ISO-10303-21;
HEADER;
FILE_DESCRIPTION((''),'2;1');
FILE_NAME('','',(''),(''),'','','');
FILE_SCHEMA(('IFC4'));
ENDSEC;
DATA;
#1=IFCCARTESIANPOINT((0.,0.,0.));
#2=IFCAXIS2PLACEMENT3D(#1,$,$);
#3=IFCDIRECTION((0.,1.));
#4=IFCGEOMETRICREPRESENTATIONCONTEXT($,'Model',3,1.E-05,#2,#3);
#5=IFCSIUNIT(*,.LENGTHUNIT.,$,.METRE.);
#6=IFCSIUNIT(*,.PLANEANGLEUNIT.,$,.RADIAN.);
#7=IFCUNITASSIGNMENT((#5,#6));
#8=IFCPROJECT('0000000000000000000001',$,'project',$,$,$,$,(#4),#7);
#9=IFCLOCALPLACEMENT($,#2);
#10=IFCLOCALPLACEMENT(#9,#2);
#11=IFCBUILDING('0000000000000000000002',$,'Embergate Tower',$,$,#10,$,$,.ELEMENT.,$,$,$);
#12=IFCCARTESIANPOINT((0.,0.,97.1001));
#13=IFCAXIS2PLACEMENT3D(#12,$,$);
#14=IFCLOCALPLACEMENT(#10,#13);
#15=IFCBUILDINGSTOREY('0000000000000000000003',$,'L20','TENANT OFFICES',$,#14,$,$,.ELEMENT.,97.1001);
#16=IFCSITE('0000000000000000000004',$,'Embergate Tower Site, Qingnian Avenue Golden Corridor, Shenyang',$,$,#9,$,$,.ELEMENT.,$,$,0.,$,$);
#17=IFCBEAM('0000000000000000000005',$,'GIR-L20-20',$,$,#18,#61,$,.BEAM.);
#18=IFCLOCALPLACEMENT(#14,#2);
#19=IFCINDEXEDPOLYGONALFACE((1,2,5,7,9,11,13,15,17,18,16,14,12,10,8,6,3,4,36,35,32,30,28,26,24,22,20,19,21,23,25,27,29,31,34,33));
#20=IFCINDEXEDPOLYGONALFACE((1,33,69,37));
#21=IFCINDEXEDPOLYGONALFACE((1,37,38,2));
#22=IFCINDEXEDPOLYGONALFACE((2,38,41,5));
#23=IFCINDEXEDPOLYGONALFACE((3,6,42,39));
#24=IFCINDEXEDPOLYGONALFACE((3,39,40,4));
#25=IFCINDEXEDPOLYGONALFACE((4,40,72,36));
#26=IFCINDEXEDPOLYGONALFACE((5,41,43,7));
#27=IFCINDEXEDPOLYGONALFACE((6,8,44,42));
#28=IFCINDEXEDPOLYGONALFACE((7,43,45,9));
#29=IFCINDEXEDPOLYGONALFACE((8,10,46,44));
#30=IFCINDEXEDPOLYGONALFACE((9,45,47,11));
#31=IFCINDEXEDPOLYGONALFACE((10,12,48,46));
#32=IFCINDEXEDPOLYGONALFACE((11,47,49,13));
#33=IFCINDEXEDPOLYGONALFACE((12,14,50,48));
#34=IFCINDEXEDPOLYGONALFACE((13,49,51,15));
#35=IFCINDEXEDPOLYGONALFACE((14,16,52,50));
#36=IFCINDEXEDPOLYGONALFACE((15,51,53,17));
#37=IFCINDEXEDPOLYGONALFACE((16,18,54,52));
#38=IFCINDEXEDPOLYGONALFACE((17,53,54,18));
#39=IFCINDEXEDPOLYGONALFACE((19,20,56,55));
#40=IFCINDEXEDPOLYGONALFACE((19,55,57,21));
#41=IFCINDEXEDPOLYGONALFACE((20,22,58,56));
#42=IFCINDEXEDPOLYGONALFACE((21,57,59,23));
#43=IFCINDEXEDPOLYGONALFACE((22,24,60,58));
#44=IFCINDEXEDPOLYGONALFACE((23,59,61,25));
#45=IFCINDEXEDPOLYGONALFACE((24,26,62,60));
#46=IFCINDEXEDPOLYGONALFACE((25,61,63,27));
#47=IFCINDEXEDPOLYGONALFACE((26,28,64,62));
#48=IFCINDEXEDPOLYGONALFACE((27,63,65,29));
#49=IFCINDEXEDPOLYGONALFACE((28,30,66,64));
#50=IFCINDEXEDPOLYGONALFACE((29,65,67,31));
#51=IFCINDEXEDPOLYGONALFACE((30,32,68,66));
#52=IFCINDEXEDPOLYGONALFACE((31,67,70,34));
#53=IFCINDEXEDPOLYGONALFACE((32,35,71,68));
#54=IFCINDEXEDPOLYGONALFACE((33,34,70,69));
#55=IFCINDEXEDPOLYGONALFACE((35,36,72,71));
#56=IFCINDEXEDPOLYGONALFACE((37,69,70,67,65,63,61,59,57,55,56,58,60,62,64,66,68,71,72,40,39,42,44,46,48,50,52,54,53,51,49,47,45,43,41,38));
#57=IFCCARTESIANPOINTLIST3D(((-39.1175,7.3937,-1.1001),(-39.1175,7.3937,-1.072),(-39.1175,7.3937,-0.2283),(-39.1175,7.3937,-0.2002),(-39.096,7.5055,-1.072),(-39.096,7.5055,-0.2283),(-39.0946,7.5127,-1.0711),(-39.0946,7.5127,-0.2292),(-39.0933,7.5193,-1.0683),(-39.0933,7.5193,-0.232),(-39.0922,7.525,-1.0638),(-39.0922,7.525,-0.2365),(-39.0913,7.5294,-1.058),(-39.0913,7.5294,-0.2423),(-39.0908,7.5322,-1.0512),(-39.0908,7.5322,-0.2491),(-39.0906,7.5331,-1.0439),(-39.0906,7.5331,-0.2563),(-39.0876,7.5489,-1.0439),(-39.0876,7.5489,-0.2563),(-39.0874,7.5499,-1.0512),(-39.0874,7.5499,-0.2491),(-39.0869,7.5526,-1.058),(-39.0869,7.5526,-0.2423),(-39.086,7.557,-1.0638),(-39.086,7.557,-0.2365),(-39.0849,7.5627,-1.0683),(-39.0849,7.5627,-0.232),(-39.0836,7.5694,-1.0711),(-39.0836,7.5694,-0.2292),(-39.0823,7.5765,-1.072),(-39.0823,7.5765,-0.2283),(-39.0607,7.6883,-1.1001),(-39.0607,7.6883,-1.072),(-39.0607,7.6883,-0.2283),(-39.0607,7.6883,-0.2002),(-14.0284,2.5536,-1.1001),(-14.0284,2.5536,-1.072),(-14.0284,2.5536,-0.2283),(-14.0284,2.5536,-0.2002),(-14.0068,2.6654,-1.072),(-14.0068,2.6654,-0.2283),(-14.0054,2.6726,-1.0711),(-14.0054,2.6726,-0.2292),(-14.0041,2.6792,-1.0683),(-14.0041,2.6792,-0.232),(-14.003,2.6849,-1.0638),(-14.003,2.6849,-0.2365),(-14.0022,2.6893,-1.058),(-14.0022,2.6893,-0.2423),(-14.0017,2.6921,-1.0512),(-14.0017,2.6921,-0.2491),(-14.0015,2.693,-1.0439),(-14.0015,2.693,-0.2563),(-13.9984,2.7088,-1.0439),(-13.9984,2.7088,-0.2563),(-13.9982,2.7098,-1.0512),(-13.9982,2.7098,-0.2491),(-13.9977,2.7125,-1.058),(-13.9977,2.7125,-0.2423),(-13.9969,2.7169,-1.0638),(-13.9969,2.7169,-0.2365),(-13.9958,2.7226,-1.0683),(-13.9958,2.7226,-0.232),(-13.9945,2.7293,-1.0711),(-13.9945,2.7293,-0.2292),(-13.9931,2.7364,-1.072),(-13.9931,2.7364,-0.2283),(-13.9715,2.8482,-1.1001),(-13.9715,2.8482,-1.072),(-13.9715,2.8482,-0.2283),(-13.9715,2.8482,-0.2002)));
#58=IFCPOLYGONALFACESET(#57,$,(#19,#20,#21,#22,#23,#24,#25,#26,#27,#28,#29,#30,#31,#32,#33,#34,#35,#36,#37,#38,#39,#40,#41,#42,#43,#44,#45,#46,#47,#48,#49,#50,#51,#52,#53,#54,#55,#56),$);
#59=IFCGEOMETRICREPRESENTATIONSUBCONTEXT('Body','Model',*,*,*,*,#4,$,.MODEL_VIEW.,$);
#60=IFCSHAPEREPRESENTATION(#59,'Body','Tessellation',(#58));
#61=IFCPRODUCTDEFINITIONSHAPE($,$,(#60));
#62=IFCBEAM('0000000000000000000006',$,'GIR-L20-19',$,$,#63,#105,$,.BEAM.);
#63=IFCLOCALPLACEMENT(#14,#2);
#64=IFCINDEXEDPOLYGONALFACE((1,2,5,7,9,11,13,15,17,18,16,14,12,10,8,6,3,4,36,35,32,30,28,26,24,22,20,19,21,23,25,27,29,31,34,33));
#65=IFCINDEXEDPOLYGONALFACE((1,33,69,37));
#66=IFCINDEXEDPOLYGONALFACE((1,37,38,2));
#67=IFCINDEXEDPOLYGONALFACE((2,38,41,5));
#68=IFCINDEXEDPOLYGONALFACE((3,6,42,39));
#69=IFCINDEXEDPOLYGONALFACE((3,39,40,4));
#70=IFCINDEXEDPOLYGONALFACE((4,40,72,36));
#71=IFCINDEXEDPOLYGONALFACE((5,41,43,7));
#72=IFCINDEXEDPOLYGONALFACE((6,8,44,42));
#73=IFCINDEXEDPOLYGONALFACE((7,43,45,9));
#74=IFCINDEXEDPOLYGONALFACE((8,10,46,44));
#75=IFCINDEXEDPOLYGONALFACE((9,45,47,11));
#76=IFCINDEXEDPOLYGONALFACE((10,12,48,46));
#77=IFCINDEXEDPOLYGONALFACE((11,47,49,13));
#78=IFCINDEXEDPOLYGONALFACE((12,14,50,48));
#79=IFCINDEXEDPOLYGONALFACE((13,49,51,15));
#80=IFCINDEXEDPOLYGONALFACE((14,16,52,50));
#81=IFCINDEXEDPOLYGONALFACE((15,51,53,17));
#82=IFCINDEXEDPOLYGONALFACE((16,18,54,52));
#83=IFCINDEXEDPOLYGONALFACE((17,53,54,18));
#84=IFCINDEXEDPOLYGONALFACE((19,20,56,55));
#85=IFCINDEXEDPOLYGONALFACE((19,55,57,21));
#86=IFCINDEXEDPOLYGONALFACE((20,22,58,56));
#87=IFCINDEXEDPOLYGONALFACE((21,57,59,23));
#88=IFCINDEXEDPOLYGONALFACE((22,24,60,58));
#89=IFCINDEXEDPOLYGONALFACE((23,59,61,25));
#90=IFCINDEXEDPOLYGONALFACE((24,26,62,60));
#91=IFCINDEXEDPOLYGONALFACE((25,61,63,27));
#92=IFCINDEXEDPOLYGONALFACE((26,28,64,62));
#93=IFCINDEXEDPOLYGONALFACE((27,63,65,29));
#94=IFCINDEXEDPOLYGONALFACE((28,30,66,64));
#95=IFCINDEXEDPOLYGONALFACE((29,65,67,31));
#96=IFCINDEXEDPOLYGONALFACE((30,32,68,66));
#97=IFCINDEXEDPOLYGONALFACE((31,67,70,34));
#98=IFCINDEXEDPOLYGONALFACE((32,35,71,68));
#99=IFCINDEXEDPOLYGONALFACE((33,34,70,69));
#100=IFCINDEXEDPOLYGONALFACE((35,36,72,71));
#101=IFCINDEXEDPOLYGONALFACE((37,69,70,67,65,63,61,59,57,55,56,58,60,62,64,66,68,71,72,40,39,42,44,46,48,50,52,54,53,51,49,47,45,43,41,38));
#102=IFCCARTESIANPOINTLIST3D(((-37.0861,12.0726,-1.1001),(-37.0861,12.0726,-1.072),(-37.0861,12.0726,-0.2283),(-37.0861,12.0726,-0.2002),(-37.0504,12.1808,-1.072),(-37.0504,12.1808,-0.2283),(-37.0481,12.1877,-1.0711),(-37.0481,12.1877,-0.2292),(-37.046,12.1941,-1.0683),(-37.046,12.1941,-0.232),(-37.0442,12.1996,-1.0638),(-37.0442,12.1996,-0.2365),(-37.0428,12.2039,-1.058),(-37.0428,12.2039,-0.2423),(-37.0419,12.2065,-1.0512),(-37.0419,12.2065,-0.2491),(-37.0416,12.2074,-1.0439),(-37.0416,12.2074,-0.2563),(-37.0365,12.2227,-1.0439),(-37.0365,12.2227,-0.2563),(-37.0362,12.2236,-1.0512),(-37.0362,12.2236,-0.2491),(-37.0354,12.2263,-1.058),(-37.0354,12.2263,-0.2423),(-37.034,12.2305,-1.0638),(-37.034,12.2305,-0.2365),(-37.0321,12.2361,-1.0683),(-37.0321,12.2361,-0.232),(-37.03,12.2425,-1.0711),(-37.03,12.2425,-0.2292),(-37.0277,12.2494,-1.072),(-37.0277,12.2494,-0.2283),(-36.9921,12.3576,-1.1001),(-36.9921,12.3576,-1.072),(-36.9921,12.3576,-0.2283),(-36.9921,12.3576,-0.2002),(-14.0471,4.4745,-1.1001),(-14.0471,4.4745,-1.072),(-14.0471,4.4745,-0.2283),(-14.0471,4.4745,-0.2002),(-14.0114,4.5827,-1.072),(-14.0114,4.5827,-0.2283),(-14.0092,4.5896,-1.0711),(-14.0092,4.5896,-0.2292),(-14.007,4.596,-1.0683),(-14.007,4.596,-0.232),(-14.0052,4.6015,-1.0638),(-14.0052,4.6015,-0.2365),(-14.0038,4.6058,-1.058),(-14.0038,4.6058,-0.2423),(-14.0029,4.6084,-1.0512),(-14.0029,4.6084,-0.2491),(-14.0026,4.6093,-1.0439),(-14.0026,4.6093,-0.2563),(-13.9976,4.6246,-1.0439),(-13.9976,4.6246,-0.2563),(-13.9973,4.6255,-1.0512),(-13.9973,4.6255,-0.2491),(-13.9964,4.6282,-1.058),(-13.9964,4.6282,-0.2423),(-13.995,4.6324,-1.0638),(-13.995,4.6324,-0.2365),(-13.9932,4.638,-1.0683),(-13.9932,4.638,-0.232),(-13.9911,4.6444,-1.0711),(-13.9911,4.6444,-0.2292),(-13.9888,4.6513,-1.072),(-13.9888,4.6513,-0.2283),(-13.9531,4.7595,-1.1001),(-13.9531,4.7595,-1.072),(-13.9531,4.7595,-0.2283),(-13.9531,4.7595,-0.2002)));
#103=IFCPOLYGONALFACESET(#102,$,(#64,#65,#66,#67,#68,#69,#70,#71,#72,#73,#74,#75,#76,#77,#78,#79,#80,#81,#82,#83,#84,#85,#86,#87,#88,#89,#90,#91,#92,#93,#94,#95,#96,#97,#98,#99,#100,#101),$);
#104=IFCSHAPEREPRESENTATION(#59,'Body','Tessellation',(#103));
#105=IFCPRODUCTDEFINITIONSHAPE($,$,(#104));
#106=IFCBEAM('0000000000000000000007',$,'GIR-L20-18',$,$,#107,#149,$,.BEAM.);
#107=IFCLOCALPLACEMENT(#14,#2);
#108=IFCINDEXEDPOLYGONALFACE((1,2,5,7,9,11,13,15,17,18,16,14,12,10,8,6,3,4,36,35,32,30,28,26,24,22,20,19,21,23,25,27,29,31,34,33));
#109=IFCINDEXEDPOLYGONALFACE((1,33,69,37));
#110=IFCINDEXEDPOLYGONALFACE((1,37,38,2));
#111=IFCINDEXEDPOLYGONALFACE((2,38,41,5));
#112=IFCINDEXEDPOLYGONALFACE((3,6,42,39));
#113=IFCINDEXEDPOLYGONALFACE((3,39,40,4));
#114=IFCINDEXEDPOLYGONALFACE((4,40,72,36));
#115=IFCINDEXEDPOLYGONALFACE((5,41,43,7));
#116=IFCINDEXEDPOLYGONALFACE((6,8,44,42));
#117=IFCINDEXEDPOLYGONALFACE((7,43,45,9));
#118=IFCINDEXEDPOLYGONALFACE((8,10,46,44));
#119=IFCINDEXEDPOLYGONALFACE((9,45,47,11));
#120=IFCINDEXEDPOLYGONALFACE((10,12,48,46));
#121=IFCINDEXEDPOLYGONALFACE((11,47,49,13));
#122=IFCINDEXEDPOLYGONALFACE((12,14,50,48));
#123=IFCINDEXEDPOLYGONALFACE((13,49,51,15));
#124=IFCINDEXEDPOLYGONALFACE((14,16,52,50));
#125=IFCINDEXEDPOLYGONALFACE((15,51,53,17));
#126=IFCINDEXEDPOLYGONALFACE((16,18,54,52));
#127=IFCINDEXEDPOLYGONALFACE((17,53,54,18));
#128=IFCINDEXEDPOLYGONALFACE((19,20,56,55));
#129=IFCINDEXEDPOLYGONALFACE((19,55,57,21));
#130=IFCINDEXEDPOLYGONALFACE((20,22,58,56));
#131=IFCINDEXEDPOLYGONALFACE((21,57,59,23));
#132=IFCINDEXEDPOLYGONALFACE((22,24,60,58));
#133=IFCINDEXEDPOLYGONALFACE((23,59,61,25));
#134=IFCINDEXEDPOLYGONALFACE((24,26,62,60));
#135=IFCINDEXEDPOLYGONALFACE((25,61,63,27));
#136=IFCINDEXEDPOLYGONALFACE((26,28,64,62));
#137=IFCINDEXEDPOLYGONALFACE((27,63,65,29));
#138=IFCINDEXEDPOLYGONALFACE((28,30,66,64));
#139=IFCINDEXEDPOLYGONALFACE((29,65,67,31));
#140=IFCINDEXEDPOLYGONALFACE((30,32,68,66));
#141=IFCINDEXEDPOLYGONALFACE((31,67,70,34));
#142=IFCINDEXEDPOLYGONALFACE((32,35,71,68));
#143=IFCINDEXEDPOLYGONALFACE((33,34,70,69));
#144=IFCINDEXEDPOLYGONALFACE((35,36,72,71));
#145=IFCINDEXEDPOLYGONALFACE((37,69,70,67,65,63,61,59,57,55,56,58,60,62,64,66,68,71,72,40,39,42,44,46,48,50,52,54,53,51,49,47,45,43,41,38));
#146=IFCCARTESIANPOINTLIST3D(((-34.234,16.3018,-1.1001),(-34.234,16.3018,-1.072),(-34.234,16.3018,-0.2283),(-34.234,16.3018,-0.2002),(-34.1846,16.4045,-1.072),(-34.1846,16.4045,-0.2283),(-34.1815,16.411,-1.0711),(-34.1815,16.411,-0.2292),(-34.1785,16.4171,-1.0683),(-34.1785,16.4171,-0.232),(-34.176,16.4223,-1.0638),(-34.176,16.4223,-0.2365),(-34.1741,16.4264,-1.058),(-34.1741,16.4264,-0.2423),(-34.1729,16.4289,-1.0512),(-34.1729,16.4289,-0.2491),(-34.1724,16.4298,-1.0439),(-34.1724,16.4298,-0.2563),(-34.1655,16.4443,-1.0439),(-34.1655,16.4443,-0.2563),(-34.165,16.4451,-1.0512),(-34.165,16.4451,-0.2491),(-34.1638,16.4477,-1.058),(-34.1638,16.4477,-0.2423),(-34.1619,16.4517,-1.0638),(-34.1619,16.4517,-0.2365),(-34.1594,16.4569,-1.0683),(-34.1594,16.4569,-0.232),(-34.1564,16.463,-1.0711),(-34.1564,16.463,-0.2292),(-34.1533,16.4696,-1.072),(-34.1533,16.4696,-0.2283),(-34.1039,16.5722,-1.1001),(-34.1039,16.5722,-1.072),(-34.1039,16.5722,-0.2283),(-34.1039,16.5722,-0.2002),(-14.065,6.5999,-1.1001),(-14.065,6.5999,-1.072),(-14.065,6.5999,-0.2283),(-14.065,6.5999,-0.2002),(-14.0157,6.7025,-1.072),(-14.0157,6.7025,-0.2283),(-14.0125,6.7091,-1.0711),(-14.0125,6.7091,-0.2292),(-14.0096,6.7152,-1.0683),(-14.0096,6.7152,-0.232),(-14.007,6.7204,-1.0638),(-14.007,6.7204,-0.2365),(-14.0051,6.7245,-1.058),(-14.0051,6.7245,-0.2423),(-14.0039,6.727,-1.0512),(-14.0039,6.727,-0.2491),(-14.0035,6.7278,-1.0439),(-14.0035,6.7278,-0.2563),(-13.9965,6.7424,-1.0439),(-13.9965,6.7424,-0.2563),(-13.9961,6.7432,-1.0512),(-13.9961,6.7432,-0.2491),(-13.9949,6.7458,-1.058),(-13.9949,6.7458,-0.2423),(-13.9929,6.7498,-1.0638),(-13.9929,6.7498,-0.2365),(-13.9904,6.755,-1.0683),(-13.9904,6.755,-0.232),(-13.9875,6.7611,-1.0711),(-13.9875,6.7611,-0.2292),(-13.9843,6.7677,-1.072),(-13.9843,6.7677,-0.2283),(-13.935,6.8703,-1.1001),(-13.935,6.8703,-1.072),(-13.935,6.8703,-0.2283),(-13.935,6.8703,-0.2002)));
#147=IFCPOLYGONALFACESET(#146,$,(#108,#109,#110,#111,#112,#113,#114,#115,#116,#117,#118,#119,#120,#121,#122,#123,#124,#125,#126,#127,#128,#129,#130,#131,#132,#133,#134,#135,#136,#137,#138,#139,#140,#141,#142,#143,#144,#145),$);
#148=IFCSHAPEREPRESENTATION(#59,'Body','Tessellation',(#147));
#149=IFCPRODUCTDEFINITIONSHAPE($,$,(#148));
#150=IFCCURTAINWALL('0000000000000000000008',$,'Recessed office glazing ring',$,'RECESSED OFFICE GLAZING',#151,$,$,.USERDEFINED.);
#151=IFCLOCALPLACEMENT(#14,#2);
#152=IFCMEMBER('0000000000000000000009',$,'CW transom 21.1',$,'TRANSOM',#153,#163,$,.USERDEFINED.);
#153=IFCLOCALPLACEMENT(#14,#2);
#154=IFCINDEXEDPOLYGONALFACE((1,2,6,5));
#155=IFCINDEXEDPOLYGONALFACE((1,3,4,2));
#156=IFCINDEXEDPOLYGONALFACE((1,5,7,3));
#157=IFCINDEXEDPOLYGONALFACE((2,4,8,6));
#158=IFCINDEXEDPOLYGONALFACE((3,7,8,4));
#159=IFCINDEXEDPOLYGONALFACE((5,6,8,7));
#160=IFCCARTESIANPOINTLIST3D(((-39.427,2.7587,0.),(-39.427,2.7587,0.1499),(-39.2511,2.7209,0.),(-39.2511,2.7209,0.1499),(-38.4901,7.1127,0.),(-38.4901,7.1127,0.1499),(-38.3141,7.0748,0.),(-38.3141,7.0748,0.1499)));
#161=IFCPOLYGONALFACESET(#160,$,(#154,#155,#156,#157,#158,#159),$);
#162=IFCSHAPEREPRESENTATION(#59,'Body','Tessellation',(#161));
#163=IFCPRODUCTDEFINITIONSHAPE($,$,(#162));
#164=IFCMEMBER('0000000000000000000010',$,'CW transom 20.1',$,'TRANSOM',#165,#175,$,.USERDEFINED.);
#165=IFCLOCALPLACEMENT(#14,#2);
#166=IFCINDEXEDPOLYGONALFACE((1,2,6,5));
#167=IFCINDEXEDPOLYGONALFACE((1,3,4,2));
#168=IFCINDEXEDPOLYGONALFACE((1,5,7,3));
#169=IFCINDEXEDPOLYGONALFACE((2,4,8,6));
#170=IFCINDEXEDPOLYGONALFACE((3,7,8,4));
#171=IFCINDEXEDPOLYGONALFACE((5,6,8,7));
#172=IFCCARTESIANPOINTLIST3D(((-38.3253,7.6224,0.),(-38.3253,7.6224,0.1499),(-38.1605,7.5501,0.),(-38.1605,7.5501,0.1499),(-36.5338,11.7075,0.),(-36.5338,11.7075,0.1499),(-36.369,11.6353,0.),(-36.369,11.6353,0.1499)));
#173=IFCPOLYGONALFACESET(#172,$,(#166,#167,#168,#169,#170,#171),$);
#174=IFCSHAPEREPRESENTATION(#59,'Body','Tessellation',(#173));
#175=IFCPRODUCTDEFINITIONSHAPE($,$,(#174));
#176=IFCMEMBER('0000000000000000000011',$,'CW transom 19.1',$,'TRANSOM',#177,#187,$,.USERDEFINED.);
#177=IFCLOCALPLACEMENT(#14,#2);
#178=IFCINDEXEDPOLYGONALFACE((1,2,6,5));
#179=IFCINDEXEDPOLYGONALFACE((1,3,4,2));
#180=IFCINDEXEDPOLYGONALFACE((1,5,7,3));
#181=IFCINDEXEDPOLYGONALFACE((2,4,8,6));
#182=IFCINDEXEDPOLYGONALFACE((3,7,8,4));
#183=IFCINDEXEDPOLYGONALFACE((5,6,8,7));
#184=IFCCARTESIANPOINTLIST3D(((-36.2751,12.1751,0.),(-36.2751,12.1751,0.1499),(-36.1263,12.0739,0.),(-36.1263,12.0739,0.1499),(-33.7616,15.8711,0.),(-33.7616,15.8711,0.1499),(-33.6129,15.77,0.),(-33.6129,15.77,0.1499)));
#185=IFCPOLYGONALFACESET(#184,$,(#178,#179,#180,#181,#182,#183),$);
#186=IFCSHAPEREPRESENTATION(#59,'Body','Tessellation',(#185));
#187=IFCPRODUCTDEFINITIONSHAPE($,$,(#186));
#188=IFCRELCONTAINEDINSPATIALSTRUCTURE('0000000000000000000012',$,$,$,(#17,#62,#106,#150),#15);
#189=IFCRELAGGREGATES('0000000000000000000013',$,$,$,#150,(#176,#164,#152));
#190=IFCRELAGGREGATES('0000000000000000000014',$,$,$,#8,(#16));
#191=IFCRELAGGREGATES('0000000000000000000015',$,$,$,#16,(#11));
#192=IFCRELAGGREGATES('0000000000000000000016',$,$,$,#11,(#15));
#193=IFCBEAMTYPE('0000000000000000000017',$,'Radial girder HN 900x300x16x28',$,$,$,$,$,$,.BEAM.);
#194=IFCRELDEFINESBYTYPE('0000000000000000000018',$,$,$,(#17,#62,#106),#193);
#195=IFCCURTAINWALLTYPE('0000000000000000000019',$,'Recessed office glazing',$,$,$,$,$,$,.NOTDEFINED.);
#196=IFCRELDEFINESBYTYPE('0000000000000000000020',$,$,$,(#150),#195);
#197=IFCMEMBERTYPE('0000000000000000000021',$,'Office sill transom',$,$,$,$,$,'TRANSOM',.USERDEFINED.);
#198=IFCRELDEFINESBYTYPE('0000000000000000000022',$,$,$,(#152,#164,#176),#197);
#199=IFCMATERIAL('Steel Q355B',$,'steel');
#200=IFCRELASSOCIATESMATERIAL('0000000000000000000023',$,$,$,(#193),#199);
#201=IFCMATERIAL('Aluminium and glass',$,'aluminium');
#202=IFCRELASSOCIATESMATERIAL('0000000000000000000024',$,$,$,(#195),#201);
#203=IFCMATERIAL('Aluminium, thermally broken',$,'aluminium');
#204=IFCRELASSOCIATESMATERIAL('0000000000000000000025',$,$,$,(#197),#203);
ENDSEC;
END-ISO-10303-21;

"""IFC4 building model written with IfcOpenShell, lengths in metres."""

from ifc_helpers import new_model, si_unit, direction, frame, origin, origin_2d, place, context, subcontext, project, spatial, rectangle, i_section, extrude, source, transform, mapped, material, material_profile, profile_set, type_object, element, aggregate, save


model = new_model("IFC4")

# Units and contexts
model_context = context("Model", 3, precision=1e-05, world=origin(), true_north=direction((0.0, 1.0)))
body_context = subcontext(model_context, "Body", "Model", "MODEL_VIEW")
ifc_project = project(units=[si_unit("LENGTHUNIT", "METRE"), si_unit("PLANEANGLEUNIT", "RADIAN")], contexts=[model_context])

# Site, building, storey
site_placement = place(None, origin())
site = spatial("IfcSite", under=ifc_project, at=site_placement, Name="Embergate Tower Site, Qingnian Avenue Golden Corridor, Shenyang", CompositionType="ELEMENT", RefElevation=0.0)
building_placement = place(site_placement, origin())
building = spatial("IfcBuilding", under=site, at=building_placement, Name="Embergate Tower", CompositionType="ELEMENT")
storey_placement = place(building_placement, frame((0.0, 0.0, 97.1001)))
storey = spatial("IfcBuildingStorey", under=building, at=storey_placement, Name="L20", Description="TENANT OFFICES", CompositionType="ELEMENT", Elevation=97.1001)

# Beams
ifc_material_1 = material(Name="Steel Q355B", Category="steel")
ifc_material_profile_1 = material_profile(ifc_material_1, i_section(OverallWidth=0.3, OverallDepth=0.8999, WebThickness=0.0161, FlangeThickness=0.0281, FilletRadius=0.0281, at=origin_2d()), Name="HN 900x300x16x28")
ifc_profile_set_1 = profile_set([ifc_material_profile_1], Name="Steel Q355 grade B")
beam_type_1 = type_object("IfcBeamType", Name="Radial girder HN 900x300x16x28", PredefinedType="BEAM", material=ifc_profile_set_1)
shared_shape_1 = source(origin(), body_context, "Body", "SweptSolid", [
    extrude(i_section(OverallWidth=0.3, OverallDepth=0.8999, WebThickness=0.0161, FlangeThickness=0.0281, FilletRadius=0.0281, at=origin_2d()), origin(), (0.0, 0.0, 1.0), 25.5518),
])
beam_1_placement = place(storey_placement, frame((-39.0891, 7.541, -0.6501), z_axis=(0.981896, -0.189423, 0.0), x_axis=(0.189423, 0.981896, 0.0)))
element("IfcBeam", 1, at=beam_1_placement, inside=storey, type_object=beam_type_1, Name="GIR-L20-20", PredefinedType="BEAM", context=body_context, shape_type="MappedRepresentation", body=[
    mapped(shared_shape_1, transform((0.0, 0.0, 0.0))),
])
shared_shape_2 = source(origin(), body_context, "Body", "SweptSolid", [
    extrude(i_section(OverallWidth=0.3, OverallDepth=0.8999, WebThickness=0.0161, FlangeThickness=0.0281, FilletRadius=0.0281, at=origin_2d()), origin(), (0.0, 0.0, 1.0), 24.2595),
])
beam_2_placement = place(storey_placement, frame((-37.0391, 12.2151, -0.6501), z_axis=(0.949687, -0.313201, 0.0), x_axis=(0.313201, 0.949687, 0.0)))
element("IfcBeam", 2, at=beam_2_placement, inside=storey, type_object=beam_type_1, Name="GIR-L20-19", PredefinedType="BEAM", context=body_context, shape_type="MappedRepresentation", body=[
    mapped(shared_shape_2, transform((0.0, 0.0, 0.0))),
])
shared_shape_3 = source(origin(), body_context, "Body", "SweptSolid", [
    extrude(i_section(OverallWidth=0.3, OverallDepth=0.8999, WebThickness=0.0161, FlangeThickness=0.0281, FilletRadius=0.0281, at=origin_2d()), origin(), (0.0, 0.0, 1.0), 22.3811),
])
beam_3_placement = place(storey_placement, frame((-34.1689, 16.437, -0.6501), z_axis=(0.90116, -0.433487, 0.0), x_axis=(0.433487, 0.90116, 0.0)))
element("IfcBeam", 3, at=beam_3_placement, inside=storey, type_object=beam_type_1, Name="GIR-L20-18", PredefinedType="BEAM", context=body_context, shape_type="MappedRepresentation", body=[
    mapped(shared_shape_3, transform((0.0, 0.0, 0.0))),
])

# Curtain wall, members
ifc_material_2 = material(Name="Aluminium and glass", Category="aluminium")
curtain_wall_type = type_object("IfcCurtainWallType", Name="Recessed office glazing", PredefinedType="NOTDEFINED", material=ifc_material_2)
curtain_wall_placement = place(storey_placement, origin())
curtain_wall = element("IfcCurtainWall", 4, at=curtain_wall_placement, inside=storey, type_object=curtain_wall_type, Name="Recessed office glazing ring", ObjectType="RECESSED OFFICE GLAZING", PredefinedType="USERDEFINED")
ifc_material_3 = material(Name="Aluminium, thermally broken", Category="aluminium")
ifc_material_profile_2 = material_profile(ifc_material_3, rectangle(XDim=0.1799, YDim=0.1499, at=origin_2d()), Name="AL 150x180")
ifc_profile_set_2 = profile_set([ifc_material_profile_2], Name="Aluminium, thermally broken")
member_type_1 = type_object("IfcMemberType", Name="Office sill transom", ElementType="TRANSOM", PredefinedType="USERDEFINED", material=ifc_profile_set_2)
shared_shape_4 = source(origin(), body_context, "Body", "SweptSolid", [
    extrude(rectangle(XDim=0.1799, YDim=0.1499, at=origin_2d()), origin(), (0.0, 0.0, 1.0), 4.4536),
])
member_1_placement = place(storey_placement, frame((-38.4021, 7.0938, 0.075), z_axis=(-0.21039, -0.977618, 0.0), x_axis=(0.977618, -0.21039, 0.0)))
member_1 = element("IfcMember", 5, at=member_1_placement, type_object=member_type_1, Name="CW transom 21.1", ObjectType="TRANSOM", PredefinedType="USERDEFINED", context=body_context, shape_type="MappedRepresentation", body=[
    mapped(shared_shape_4, transform((0.0, 0.0, 0.0))),
])
shared_shape_5 = source(origin(), body_context, "Body", "SweptSolid", [
    extrude(rectangle(XDim=0.1799, YDim=0.1499, at=origin_2d()), origin(), (0.0, 0.0, 1.0), 4.4607),
])
member_2_placement = place(storey_placement, frame((-36.4514, 11.6714, 0.075), z_axis=(-0.401614, -0.915809, 0.0), x_axis=(0.915809, -0.401614, 0.0)))
member_2 = element("IfcMember", 6, at=member_2_placement, type_object=member_type_1, Name="CW transom 20.1", ObjectType="TRANSOM", PredefinedType="USERDEFINED", context=body_context, shape_type="MappedRepresentation", body=[
    mapped(shared_shape_5, transform((0.0, 0.0, 0.0))),
])
shared_shape_6 = source(origin(), body_context, "Body", "SweptSolid", [
    extrude(rectangle(XDim=0.1799, YDim=0.1499, at=origin_2d()), origin(), (0.0, 0.0, 1.0), 4.4697),
])
member_3_placement = place(storey_placement, frame((-33.6873, 15.8206, 0.075), z_axis=(-0.562328, -0.826914, 0.0), x_axis=(0.826914, -0.562328, 0.0)))
member_3 = element("IfcMember", 7, at=member_3_placement, type_object=member_type_1, Name="CW transom 19.1", ObjectType="TRANSOM", PredefinedType="USERDEFINED", context=body_context, shape_type="MappedRepresentation", body=[
    mapped(shared_shape_6, transform((0.0, 0.0, 0.0))),
])
aggregate(curtain_wall, [member_3, member_2, member_1])

save(model, "model.ifc")
